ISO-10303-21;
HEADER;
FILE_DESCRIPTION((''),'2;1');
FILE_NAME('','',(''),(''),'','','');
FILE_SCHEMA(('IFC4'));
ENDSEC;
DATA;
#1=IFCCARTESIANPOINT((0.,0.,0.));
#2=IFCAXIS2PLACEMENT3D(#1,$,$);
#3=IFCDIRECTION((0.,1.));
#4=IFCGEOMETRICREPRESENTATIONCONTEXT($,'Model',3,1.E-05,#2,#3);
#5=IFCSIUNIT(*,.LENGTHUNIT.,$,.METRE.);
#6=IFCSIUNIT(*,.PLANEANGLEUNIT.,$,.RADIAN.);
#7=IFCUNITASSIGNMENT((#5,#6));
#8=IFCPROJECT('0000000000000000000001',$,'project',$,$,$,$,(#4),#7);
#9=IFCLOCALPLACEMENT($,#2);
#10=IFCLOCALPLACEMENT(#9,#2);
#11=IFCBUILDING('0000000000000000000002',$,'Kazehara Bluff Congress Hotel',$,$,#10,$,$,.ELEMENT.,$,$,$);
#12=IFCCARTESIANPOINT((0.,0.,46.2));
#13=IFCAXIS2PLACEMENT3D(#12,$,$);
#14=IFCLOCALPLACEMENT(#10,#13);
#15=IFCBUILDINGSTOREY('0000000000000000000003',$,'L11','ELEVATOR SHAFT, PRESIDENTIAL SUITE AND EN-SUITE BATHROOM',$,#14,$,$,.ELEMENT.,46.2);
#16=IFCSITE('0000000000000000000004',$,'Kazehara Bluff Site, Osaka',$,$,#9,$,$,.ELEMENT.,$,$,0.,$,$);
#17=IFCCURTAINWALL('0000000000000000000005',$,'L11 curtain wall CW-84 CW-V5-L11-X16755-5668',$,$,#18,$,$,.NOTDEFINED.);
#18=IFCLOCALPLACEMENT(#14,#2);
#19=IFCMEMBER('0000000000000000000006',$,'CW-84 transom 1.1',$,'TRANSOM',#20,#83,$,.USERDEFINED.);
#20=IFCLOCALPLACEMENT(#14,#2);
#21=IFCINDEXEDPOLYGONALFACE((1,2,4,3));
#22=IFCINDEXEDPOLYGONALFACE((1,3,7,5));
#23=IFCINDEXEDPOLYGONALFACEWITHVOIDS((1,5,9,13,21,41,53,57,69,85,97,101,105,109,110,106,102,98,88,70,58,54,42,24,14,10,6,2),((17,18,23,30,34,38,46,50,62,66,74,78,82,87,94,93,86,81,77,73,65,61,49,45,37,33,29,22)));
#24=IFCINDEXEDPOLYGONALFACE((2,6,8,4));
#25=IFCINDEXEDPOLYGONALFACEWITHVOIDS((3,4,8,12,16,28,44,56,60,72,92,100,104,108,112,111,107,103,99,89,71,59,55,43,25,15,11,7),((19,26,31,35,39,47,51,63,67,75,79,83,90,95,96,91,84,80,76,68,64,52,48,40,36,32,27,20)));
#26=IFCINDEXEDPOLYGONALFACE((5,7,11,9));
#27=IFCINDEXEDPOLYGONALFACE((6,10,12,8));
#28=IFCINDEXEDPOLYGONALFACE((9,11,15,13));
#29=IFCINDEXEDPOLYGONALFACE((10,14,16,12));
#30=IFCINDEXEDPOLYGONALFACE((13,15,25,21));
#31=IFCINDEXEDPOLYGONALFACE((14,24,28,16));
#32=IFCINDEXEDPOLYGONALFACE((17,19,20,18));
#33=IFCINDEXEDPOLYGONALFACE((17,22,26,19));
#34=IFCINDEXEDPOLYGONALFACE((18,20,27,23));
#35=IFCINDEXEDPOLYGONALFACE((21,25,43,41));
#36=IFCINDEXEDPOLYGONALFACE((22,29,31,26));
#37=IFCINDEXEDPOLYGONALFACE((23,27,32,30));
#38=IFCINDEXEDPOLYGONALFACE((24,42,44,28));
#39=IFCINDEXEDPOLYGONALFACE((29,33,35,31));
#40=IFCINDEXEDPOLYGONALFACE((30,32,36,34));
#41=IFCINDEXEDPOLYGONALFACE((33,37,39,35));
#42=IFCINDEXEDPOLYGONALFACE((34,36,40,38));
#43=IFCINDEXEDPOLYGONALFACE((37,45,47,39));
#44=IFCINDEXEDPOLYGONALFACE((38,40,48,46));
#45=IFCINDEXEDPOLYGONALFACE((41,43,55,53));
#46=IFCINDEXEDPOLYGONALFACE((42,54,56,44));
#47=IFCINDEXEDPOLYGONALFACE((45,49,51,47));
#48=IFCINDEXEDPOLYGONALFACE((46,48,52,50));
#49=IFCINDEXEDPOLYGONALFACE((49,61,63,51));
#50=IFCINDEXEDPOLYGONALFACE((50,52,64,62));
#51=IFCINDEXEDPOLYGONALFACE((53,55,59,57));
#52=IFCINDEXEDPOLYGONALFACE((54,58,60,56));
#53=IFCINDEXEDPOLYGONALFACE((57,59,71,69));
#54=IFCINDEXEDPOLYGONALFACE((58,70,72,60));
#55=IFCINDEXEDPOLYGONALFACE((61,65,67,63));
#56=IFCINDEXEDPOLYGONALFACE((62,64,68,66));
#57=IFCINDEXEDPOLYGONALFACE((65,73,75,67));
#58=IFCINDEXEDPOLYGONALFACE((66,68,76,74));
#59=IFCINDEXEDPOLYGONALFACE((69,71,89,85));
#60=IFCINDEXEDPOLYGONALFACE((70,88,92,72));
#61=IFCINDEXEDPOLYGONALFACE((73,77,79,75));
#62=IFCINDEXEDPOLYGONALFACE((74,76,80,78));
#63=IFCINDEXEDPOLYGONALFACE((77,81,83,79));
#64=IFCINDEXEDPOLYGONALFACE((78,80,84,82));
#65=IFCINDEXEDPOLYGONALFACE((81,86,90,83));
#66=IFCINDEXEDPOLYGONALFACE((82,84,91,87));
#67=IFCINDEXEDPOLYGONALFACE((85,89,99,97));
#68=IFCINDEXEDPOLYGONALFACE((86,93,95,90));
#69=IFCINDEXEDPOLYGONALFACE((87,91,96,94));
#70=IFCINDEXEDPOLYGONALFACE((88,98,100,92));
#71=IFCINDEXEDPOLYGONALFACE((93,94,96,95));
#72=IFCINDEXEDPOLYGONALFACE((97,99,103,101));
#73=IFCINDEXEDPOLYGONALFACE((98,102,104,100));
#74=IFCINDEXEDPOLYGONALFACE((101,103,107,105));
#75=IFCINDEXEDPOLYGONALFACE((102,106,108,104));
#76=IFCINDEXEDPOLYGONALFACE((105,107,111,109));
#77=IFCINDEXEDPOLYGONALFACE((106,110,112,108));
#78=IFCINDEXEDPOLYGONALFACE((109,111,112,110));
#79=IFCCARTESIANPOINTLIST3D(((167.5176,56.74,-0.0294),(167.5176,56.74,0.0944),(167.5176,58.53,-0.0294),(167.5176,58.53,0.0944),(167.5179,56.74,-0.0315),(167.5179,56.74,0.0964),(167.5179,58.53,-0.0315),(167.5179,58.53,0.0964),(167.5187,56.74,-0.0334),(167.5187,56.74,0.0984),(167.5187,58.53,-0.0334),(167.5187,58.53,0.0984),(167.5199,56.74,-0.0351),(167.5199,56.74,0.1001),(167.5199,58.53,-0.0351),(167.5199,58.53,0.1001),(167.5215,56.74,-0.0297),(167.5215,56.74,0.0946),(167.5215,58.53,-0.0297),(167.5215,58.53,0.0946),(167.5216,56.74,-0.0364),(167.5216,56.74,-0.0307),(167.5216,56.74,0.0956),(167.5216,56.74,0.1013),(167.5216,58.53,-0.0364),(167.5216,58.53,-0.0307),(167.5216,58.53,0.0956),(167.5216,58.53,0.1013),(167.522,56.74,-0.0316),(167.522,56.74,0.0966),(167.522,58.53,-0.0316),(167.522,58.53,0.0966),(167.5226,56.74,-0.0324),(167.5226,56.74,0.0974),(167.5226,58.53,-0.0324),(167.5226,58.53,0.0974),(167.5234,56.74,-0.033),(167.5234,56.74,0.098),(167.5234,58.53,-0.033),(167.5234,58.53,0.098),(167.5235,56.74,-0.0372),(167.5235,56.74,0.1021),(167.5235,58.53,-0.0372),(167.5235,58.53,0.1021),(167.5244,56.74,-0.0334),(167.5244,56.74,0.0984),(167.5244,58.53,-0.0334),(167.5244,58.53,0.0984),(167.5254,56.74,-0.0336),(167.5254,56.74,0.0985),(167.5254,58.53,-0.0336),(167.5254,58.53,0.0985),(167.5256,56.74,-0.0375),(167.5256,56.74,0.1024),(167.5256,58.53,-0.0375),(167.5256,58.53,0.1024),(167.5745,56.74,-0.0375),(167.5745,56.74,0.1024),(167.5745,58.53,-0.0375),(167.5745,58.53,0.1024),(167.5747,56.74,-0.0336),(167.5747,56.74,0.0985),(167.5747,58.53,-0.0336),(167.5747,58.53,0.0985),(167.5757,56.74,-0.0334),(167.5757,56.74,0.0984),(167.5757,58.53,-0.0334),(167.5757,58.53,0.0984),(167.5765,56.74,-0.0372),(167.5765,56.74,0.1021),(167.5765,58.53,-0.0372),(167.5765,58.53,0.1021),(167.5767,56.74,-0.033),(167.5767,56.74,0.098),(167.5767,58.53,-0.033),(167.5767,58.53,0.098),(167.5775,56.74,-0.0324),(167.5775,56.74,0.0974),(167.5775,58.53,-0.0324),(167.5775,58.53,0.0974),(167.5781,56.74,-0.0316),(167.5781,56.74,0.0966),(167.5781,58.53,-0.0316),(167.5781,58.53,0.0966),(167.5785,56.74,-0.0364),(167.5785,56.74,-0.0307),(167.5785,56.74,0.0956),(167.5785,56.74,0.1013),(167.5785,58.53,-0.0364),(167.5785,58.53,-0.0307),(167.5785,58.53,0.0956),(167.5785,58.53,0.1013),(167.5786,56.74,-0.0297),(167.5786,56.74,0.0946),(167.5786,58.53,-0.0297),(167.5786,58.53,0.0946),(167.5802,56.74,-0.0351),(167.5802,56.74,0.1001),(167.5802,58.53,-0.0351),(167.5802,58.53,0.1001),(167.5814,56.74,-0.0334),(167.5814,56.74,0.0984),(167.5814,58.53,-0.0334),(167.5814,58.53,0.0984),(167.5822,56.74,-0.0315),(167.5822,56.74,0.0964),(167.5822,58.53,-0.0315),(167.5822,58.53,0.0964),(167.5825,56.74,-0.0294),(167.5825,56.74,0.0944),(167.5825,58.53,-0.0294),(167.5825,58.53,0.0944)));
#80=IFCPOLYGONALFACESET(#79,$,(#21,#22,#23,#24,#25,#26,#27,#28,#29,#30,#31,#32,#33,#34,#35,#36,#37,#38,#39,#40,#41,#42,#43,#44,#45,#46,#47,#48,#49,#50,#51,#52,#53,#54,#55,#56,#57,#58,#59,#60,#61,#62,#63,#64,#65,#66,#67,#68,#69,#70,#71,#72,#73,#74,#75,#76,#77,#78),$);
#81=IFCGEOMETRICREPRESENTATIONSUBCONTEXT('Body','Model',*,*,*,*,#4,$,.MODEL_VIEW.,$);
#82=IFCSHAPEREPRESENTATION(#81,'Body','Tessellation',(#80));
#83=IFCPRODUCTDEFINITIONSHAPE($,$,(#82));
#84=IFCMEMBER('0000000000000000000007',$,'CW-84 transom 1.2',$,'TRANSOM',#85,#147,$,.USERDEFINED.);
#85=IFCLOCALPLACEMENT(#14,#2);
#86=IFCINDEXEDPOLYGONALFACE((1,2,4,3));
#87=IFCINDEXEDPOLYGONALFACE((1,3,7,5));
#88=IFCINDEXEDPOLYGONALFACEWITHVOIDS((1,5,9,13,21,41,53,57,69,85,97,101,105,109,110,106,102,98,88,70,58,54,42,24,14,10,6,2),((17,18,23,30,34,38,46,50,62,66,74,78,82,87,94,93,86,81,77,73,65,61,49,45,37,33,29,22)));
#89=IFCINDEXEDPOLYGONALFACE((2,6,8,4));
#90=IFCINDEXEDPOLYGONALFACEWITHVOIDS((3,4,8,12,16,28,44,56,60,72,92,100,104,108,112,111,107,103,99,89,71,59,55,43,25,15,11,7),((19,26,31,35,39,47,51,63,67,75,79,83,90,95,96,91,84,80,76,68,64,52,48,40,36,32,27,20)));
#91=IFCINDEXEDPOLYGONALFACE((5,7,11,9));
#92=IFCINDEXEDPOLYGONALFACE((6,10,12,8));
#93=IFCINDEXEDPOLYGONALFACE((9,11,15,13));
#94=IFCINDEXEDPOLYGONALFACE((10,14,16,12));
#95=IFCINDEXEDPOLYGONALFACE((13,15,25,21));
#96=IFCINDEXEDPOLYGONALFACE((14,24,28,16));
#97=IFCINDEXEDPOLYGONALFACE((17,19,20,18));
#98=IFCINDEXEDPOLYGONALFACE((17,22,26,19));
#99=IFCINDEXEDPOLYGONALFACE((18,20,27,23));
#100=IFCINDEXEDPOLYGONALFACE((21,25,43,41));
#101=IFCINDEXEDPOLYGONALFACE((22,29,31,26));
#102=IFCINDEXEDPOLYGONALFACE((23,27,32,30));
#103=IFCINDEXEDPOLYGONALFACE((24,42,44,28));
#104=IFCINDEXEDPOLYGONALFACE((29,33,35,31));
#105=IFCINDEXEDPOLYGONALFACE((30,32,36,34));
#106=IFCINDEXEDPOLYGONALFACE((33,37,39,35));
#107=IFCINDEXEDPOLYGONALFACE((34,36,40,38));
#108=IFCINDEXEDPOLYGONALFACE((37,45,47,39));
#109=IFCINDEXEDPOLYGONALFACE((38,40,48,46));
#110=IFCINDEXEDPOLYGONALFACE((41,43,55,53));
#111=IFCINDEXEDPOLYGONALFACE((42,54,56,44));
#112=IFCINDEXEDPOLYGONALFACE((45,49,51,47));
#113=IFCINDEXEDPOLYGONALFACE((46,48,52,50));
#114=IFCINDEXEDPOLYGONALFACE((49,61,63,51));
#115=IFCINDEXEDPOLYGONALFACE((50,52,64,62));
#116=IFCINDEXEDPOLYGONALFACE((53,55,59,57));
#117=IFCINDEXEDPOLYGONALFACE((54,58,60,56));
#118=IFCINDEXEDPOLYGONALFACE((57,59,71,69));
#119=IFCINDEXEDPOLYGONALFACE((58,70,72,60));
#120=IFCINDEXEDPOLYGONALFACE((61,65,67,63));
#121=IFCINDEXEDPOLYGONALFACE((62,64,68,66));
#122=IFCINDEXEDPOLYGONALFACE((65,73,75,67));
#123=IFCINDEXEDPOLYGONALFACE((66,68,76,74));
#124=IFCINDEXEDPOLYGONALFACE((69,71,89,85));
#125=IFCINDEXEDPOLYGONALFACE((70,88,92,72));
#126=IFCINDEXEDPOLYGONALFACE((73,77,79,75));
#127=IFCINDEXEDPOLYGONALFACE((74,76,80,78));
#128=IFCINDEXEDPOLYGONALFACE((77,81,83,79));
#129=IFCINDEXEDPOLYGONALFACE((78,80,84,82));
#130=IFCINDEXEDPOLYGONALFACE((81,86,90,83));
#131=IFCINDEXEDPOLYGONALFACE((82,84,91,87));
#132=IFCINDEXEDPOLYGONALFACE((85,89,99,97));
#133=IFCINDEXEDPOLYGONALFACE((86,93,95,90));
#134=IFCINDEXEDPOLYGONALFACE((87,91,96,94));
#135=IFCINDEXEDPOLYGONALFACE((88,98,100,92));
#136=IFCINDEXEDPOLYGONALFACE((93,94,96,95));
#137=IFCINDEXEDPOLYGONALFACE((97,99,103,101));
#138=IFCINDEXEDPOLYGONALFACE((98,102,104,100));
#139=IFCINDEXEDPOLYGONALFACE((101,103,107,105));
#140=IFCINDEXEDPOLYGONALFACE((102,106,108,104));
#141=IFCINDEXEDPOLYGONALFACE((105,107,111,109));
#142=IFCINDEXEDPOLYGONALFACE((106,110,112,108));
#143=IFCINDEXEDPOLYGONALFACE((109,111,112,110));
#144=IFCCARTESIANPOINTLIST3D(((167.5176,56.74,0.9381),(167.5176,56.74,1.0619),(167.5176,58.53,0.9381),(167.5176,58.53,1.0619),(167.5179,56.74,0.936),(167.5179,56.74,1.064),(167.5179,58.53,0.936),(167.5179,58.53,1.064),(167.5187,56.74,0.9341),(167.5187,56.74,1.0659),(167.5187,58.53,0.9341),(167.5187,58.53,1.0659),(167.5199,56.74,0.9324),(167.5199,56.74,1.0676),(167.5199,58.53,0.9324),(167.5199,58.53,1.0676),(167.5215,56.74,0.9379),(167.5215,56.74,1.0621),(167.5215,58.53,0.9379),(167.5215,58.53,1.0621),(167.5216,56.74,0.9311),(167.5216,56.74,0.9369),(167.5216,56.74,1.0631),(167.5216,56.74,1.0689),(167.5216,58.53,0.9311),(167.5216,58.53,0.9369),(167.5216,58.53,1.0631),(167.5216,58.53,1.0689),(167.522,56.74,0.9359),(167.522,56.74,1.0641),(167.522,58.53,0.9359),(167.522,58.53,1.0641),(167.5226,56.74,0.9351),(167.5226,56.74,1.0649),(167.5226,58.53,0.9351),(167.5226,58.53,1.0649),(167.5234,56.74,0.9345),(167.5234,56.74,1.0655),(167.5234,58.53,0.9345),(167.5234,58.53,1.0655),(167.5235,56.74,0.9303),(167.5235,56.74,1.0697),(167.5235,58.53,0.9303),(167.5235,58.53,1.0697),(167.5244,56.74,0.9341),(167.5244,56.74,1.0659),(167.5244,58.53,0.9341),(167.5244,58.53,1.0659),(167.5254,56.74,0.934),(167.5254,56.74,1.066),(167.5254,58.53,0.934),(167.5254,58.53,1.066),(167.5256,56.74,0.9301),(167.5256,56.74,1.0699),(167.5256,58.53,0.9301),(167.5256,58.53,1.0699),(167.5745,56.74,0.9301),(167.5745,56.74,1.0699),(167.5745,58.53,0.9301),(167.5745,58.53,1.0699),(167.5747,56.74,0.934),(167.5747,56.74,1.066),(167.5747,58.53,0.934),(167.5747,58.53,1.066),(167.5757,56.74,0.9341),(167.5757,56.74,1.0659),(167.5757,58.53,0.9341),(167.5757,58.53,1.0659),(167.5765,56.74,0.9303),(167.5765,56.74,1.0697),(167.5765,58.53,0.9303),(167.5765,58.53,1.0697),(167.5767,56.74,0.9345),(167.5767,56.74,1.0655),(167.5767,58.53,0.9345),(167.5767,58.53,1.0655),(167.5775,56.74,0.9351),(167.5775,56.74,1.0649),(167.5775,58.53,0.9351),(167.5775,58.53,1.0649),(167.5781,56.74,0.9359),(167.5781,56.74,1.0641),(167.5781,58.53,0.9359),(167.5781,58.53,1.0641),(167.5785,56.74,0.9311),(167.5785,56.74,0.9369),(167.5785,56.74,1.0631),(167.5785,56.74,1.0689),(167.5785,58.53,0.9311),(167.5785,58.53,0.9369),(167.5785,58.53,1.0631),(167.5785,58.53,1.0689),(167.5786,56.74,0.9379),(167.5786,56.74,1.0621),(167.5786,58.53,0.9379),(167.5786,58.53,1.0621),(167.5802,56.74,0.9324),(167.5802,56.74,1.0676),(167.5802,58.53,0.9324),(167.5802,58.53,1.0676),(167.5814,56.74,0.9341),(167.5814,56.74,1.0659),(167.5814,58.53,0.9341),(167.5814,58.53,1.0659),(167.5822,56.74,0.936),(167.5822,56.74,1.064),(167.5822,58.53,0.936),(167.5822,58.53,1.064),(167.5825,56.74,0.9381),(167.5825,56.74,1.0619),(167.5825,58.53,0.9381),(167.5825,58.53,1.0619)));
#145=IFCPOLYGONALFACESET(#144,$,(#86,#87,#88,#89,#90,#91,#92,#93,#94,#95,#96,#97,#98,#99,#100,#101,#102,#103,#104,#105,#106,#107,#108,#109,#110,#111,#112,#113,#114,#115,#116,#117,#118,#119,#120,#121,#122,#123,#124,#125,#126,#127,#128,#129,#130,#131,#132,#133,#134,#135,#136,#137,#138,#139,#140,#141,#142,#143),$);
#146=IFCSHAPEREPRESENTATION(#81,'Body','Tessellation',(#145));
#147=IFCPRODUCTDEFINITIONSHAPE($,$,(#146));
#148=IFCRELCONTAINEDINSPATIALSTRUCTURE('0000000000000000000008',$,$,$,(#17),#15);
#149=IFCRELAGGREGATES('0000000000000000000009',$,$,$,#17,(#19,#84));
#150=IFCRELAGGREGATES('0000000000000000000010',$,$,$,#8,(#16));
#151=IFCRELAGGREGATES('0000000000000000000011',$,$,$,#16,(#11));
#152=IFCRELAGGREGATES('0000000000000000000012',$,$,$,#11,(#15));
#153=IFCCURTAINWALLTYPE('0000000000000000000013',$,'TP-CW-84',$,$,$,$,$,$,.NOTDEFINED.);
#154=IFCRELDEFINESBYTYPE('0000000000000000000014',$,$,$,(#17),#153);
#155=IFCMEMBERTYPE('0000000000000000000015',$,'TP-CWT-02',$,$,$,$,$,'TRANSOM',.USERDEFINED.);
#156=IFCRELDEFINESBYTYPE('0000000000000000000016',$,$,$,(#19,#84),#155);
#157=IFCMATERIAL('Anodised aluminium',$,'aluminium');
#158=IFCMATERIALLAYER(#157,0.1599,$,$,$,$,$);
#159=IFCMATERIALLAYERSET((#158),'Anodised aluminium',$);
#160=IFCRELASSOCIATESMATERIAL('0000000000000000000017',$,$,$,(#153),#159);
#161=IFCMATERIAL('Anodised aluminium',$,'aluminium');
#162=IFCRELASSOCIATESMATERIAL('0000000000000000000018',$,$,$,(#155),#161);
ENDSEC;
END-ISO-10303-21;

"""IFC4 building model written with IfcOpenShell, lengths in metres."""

from ifc_helpers import new_model, si_unit, direction, frame, origin, origin_2d, place, context, subcontext, project, spatial, hollow_rectangle, extrude, material, layer, layer_set, material_profile, profile_set, type_object, element, aggregate, save


model = new_model("IFC4")

# Units and contexts
model_context = context("Model", 3, precision=1e-05, world=origin(), true_north=direction((0.0, 1.0)))
body_context = subcontext(model_context, "Body", "Model", "MODEL_VIEW")
ifc_project = project(units=[si_unit("LENGTHUNIT", "METRE"), si_unit("PLANEANGLEUNIT", "RADIAN")], contexts=[model_context])

# Site, building, storey
site_placement = place(None, origin())
site = spatial("IfcSite", under=ifc_project, at=site_placement, Name="Kazehara Bluff Site, Osaka", CompositionType="ELEMENT", RefElevation=0.0)
building_placement = place(site_placement, origin())
building = spatial("IfcBuilding", under=site, at=building_placement, Name="Kazehara Bluff Congress Hotel", CompositionType="ELEMENT")
storey_placement = place(building_placement, frame((0.0, 0.0, 46.2)))
storey = spatial("IfcBuildingStorey", under=building, at=storey_placement, Name="L11", Description="ELEVATOR SHAFT, PRESIDENTIAL SUITE AND EN-SUITE BATHROOM", CompositionType="ELEMENT", Elevation=46.2)

# Curtain wall, members
ifc_material_1 = material(Name="Anodised aluminium", Category="aluminium")
ifc_layer_1 = layer(ifc_material_1, 0.1599)
ifc_layer_set_1 = layer_set([ifc_layer_1], Name="Anodised aluminium")
curtain_wall_type = type_object("IfcCurtainWallType", Name="TP-CW-84", PredefinedType="NOTDEFINED", material=ifc_layer_set_1)
curtain_wall_placement = place(storey_placement, origin())
curtain_wall = element("IfcCurtainWall", 1, at=curtain_wall_placement, inside=storey, type_object=curtain_wall_type, Name="L11 curtain wall CW-84 CW-V5-L11-X16755-5668", PredefinedType="NOTDEFINED")
ifc_material_2 = material(Name="Anodised aluminium", Category="aluminium")
ifc_material_profile_1 = material_profile(ifc_material_2, hollow_rectangle(XDim=0.0649, YDim=0.1399, WallThickness=0.0039, InnerFilletRadius=0.0039, OuterFilletRadius=0.0081, at=origin_2d()))
ifc_profile_set_1 = profile_set([ifc_material_profile_1], Name="Anodised aluminium")
member_type_1 = type_object("IfcMemberType", Name="TP-CWT-02", ElementType="TRANSOM", PredefinedType="USERDEFINED", material=ifc_profile_set_1)
member_1_placement = place(storey_placement, frame((167.55, 56.74, 0.0325), z_axis=(0.0, 1.0, 0.0), x_axis=(-1.0, 0.0, 0.0)))
member_1 = element("IfcMember", 2, at=member_1_placement, type_object=member_type_1, Name="CW-84 transom 1.1", ObjectType="TRANSOM", PredefinedType="USERDEFINED", context=body_context, shape_type="SweptSolid", body=[
    extrude(hollow_rectangle(XDim=0.0649, YDim=0.1399, WallThickness=0.0039, InnerFilletRadius=0.0039, OuterFilletRadius=0.0081, at=origin_2d()), origin(), (0.0, 0.0, 1.0), 1.79),
])
member_2_placement = place(storey_placement, frame((167.55, 56.74, 1.0), z_axis=(0.0, 1.0, 0.0), x_axis=(-1.0, 0.0, 0.0)))
member_2 = element("IfcMember", 3, at=member_2_placement, type_object=member_type_1, Name="CW-84 transom 1.2", ObjectType="TRANSOM", PredefinedType="USERDEFINED", context=body_context, shape_type="SweptSolid", body=[
    extrude(hollow_rectangle(XDim=0.0649, YDim=0.1399, WallThickness=0.0039, InnerFilletRadius=0.0039, OuterFilletRadius=0.0081, at=origin_2d()), origin(), (0.0, 0.0, 1.0), 1.79),
])

aggregate(curtain_wall, [member_1, member_2])

save(model, "model.ifc")
